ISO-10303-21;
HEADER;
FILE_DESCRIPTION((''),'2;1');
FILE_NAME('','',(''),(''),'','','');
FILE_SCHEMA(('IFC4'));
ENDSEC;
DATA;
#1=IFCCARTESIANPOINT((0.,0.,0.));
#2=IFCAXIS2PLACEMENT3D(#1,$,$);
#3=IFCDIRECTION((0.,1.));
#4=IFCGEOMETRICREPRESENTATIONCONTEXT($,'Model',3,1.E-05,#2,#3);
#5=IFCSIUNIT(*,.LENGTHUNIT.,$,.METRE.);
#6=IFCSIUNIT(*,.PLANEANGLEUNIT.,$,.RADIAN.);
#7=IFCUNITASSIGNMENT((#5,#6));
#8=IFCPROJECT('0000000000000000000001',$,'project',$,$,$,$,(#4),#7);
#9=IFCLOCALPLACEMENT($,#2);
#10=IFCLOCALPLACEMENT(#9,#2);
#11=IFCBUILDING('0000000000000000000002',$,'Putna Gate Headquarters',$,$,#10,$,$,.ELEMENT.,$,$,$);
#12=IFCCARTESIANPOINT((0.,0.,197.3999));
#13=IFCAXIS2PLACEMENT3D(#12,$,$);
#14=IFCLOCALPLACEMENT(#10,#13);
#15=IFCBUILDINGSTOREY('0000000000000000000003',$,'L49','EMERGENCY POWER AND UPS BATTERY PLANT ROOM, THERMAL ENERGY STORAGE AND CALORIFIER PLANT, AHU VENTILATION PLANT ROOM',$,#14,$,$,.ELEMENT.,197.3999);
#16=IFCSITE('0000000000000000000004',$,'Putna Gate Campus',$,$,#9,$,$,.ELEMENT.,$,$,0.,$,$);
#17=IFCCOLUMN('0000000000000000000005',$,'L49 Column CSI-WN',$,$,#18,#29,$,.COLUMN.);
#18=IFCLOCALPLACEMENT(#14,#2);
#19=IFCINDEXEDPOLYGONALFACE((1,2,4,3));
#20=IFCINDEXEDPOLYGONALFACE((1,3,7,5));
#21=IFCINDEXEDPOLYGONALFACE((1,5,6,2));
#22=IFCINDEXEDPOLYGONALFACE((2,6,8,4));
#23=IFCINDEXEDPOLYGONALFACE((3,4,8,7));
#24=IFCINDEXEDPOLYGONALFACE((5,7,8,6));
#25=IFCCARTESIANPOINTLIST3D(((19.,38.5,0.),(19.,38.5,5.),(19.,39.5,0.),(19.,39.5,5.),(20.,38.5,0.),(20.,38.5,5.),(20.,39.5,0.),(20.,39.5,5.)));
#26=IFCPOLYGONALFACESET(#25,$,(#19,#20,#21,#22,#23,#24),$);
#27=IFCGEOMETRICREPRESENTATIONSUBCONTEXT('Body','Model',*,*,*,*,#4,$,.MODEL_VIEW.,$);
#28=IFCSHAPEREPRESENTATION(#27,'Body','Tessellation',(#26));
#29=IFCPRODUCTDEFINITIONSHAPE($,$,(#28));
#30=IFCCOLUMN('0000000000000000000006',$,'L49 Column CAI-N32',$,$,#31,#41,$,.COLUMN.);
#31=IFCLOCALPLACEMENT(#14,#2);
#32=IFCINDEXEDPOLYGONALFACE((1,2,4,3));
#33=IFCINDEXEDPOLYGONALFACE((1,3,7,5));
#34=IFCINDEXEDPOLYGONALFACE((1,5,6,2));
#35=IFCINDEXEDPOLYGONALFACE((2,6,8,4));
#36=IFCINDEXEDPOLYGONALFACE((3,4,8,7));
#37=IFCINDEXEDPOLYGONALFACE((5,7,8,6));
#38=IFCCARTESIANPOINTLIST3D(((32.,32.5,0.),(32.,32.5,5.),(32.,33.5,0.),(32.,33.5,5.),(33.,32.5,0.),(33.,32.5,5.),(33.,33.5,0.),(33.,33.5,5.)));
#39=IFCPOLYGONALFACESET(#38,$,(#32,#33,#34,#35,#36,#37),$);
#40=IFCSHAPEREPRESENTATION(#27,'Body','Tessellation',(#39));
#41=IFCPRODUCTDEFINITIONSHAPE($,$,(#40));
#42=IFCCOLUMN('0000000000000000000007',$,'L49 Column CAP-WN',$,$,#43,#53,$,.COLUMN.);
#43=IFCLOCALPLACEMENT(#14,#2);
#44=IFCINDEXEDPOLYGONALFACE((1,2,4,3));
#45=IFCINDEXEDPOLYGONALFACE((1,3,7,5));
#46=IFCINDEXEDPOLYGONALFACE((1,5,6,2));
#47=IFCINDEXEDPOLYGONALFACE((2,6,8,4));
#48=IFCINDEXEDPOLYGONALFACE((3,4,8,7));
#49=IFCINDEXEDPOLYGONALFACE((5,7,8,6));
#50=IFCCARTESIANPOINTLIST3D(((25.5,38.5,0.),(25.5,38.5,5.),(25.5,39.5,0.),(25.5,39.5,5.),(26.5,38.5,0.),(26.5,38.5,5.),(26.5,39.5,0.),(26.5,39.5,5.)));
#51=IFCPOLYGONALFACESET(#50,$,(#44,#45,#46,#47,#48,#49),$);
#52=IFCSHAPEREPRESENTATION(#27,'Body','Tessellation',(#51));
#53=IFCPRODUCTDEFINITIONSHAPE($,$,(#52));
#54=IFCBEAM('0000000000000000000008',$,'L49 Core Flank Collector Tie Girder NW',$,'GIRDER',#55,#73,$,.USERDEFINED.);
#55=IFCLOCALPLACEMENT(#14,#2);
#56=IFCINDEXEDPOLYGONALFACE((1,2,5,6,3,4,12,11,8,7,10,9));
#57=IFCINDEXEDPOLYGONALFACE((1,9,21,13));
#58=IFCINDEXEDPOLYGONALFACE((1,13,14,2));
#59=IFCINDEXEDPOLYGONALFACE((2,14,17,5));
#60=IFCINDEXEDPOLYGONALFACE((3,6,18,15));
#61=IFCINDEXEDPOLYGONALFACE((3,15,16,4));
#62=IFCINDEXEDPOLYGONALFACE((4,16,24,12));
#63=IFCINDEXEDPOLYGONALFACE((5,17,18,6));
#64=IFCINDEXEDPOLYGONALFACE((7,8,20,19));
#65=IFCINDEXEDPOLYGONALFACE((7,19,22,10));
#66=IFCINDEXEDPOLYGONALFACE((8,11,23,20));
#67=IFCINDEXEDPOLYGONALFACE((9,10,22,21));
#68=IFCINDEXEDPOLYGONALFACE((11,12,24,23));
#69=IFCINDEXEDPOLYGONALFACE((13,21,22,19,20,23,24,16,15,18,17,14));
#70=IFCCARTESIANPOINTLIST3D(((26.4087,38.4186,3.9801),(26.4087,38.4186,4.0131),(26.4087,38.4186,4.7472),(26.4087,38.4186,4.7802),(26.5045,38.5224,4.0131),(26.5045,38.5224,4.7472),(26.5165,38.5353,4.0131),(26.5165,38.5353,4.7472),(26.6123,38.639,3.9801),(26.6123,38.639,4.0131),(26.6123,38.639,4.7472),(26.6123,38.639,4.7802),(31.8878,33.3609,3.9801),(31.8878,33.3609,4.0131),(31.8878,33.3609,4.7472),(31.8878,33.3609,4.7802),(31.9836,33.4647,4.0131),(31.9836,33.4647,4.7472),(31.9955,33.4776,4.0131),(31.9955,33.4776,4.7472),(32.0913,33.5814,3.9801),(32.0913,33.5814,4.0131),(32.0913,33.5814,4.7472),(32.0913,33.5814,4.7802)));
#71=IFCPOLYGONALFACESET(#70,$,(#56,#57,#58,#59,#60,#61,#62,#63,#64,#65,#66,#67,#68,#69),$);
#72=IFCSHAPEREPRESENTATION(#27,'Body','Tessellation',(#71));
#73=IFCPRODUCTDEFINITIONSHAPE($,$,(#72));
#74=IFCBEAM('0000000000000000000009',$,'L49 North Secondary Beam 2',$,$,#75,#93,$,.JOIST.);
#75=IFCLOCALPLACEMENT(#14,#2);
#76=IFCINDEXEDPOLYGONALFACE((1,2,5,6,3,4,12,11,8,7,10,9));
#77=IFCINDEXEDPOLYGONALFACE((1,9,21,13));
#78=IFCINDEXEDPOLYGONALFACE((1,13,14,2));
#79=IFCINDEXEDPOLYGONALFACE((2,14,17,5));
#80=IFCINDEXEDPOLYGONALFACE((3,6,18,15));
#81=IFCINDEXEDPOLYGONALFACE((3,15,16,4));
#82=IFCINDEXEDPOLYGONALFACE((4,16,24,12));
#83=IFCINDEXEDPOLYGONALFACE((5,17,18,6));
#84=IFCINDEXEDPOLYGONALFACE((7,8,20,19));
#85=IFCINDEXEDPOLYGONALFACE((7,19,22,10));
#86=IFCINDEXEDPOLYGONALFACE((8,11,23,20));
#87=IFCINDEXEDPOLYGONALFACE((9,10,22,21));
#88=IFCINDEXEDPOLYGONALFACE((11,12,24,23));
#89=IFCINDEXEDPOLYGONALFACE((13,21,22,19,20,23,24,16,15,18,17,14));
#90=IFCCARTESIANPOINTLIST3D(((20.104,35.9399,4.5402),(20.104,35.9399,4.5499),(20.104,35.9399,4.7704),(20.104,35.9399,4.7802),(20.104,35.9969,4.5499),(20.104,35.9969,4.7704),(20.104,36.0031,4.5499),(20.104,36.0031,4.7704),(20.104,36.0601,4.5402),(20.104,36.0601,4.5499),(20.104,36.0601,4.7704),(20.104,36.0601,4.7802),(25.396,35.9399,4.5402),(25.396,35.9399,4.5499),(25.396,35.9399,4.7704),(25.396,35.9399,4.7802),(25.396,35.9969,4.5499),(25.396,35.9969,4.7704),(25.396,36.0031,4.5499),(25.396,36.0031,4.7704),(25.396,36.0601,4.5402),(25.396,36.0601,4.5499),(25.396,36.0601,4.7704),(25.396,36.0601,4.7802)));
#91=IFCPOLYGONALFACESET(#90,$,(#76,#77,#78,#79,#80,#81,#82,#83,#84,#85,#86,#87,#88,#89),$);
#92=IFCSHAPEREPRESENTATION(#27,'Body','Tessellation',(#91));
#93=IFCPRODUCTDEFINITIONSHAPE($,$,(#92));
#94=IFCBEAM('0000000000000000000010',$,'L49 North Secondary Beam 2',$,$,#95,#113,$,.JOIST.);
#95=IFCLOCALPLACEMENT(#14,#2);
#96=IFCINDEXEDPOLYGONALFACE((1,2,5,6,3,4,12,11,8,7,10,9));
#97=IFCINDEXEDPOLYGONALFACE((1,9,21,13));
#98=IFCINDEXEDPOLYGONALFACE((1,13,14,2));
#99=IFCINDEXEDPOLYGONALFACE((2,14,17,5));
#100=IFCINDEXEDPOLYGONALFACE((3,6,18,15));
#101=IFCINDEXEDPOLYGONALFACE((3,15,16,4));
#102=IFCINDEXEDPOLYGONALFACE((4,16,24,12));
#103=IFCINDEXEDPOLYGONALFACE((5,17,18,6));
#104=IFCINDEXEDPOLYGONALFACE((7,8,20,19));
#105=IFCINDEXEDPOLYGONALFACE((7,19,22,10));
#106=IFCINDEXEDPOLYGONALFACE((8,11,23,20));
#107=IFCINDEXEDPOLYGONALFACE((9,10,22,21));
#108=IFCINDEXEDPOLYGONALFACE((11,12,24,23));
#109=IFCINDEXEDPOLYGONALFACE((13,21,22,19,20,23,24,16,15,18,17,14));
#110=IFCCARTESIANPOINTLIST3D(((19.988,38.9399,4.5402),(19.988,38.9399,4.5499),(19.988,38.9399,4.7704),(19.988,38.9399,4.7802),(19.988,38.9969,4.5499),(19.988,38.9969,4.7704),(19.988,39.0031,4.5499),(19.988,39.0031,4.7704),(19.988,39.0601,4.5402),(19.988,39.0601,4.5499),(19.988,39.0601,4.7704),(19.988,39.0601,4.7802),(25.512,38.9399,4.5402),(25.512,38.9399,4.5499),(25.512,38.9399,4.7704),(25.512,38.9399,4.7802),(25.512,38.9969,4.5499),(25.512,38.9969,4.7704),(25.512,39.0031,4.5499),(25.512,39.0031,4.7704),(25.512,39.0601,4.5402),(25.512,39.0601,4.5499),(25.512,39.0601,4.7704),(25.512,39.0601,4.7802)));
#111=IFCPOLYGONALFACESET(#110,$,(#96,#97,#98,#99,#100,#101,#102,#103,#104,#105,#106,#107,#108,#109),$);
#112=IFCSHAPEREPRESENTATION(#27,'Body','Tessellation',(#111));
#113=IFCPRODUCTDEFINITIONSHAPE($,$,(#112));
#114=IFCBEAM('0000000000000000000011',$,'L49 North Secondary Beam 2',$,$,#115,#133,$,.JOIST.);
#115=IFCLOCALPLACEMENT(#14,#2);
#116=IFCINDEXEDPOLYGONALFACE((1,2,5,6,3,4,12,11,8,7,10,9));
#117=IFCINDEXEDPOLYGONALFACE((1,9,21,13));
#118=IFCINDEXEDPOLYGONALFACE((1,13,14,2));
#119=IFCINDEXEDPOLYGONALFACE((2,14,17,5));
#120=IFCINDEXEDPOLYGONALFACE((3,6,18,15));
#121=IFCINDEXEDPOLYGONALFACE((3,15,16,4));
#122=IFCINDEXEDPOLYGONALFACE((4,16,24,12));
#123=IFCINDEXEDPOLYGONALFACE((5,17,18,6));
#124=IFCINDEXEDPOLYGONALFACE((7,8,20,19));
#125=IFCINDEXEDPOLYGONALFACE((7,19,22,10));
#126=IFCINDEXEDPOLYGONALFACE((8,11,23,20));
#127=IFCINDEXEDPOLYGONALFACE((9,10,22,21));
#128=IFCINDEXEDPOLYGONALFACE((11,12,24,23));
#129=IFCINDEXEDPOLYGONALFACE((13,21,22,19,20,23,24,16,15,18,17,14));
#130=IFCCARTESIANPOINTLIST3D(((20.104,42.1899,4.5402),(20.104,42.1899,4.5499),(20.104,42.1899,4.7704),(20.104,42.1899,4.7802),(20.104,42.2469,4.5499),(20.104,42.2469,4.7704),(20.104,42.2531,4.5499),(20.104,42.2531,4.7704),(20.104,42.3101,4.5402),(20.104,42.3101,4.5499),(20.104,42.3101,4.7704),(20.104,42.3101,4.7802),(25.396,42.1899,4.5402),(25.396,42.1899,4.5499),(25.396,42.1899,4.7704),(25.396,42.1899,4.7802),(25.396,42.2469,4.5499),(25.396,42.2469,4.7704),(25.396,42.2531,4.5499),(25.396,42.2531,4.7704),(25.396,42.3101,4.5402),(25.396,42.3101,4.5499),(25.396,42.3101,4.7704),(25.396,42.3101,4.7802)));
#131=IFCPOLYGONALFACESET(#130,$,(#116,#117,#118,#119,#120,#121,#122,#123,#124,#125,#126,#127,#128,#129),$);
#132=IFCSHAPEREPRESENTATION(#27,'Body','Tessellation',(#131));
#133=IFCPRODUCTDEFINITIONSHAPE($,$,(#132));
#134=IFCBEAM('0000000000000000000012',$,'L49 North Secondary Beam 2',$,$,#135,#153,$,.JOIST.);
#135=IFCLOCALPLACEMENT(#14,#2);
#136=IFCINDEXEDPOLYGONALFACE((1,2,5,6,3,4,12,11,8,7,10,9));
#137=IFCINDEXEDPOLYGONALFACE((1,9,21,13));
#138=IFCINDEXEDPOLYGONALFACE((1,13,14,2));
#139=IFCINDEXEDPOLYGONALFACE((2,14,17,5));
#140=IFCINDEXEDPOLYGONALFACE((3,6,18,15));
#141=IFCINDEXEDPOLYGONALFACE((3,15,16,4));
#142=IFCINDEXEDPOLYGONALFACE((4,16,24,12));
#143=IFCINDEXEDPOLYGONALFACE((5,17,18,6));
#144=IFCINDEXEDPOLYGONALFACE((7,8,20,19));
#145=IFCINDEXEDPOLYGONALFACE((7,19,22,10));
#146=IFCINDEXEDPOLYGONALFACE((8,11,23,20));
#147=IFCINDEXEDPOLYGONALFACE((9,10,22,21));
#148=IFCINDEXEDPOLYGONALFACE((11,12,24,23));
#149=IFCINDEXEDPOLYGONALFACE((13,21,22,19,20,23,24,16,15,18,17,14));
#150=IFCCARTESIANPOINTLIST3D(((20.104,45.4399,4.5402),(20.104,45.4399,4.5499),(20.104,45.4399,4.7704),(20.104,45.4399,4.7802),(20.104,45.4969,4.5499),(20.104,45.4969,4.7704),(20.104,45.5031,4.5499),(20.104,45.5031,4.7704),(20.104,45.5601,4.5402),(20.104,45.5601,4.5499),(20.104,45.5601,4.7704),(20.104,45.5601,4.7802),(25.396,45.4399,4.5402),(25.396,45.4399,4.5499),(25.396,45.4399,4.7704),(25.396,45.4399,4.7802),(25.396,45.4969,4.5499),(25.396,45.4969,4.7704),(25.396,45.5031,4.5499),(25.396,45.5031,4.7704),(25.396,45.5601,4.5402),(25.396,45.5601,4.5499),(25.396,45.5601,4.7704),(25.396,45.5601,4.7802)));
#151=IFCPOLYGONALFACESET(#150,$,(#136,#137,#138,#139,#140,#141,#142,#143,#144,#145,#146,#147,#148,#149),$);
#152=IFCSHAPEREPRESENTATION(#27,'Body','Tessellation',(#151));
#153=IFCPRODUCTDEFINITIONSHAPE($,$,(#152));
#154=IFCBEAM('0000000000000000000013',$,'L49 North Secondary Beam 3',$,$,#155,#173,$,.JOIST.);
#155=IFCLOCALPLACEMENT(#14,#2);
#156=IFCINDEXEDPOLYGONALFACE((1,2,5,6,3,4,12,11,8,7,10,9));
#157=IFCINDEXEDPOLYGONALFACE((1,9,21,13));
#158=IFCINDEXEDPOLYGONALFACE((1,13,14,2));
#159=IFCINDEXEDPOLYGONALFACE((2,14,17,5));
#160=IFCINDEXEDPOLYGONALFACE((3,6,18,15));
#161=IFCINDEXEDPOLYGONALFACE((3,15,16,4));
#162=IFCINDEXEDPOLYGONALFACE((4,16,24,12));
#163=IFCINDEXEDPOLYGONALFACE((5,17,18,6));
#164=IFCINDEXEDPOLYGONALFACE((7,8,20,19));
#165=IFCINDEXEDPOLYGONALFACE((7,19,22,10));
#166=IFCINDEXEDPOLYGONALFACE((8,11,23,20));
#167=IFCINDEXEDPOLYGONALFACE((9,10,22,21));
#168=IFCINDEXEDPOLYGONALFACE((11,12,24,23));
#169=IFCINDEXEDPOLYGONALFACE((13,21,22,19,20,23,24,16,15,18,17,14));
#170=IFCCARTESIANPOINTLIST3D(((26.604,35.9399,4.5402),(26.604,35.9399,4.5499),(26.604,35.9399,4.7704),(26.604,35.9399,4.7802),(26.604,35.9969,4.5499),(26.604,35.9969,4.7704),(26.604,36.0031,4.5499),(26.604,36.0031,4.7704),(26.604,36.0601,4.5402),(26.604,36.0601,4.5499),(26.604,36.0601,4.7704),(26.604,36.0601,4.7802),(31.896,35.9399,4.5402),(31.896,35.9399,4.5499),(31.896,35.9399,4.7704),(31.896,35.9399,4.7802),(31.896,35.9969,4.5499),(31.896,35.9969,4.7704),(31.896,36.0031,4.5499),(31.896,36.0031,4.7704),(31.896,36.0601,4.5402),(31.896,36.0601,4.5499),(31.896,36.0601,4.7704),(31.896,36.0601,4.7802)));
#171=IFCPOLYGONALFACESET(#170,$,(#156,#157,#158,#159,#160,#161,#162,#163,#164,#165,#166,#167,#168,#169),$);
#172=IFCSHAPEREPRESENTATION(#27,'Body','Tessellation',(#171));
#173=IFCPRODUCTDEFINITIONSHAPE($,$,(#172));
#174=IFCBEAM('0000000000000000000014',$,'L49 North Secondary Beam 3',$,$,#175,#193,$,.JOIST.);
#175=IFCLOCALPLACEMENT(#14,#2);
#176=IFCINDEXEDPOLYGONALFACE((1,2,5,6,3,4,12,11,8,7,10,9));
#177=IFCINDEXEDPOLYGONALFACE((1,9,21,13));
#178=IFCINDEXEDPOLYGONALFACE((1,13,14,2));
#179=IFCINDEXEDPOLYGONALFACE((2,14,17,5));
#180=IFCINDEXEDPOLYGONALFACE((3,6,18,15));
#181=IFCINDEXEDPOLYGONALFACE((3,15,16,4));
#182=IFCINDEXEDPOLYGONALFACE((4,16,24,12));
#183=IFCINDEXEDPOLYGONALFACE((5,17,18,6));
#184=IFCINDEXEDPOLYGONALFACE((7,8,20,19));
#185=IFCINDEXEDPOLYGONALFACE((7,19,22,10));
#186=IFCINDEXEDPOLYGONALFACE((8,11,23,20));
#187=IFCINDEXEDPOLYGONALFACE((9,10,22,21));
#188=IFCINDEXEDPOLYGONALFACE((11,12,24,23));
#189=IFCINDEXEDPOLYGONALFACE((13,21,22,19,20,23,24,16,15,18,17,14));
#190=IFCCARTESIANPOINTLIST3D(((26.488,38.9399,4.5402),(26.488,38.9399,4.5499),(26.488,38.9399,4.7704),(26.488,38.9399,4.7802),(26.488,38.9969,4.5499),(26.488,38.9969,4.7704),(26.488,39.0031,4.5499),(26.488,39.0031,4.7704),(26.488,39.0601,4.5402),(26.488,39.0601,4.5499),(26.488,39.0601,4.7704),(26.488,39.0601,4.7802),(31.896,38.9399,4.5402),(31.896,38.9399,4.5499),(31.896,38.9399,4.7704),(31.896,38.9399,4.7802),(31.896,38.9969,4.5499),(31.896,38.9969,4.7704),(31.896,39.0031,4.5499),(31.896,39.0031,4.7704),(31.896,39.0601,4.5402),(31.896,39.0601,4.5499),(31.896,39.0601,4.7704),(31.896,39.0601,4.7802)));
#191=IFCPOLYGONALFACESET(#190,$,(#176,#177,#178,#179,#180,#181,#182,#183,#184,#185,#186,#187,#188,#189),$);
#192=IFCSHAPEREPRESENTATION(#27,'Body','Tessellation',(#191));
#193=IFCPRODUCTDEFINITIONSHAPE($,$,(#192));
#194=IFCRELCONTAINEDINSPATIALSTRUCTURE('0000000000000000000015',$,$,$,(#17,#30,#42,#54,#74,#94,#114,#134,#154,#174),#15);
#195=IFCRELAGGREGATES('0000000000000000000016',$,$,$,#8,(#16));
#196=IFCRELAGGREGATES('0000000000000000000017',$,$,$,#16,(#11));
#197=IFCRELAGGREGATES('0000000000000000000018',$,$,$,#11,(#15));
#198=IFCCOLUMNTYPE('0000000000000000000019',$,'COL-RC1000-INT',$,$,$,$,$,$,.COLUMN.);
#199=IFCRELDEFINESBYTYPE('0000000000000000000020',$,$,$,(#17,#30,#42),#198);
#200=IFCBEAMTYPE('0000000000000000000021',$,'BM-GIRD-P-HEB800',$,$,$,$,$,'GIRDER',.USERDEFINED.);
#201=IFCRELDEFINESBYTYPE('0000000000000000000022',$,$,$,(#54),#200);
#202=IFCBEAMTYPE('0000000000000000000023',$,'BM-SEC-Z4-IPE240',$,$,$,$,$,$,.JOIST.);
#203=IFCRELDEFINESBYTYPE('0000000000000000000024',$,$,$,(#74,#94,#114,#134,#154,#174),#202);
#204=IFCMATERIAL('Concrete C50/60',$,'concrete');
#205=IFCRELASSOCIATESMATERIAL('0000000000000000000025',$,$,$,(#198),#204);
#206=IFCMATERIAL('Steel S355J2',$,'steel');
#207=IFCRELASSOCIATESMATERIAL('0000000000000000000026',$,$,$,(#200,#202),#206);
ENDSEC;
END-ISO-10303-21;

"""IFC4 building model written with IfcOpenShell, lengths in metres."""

from ifc_helpers import new_model, si_unit, direction, frame, origin, origin_2d, place, context, subcontext, project, spatial, rectangle, i_section, extrude, material, material_profile, profile_set, type_object, element, save


model = new_model("IFC4")

# Units and contexts
model_context = context("Model", 3, precision=1e-05, world=origin(), true_north=direction((0.0, 1.0)))
body_context = subcontext(model_context, "Body", "Model", "MODEL_VIEW")
ifc_project = project(units=[si_unit("LENGTHUNIT", "METRE"), si_unit("PLANEANGLEUNIT", "RADIAN")], contexts=[model_context])

# Site, building, storey
site_placement = place(None, origin())
site = spatial("IfcSite", under=ifc_project, at=site_placement, Name="Putna Gate Campus", CompositionType="ELEMENT", RefElevation=0.0)
building_placement = place(site_placement, origin())
building = spatial("IfcBuilding", under=site, at=building_placement, Name="Putna Gate Headquarters", CompositionType="ELEMENT")
storey_placement = place(building_placement, frame((0.0, 0.0, 197.3999)))
storey = spatial("IfcBuildingStorey", under=building, at=storey_placement, Name="L49", Description="EMERGENCY POWER AND UPS BATTERY PLANT ROOM, THERMAL ENERGY STORAGE AND CALORIFIER PLANT, AHU VENTILATION PLANT ROOM", CompositionType="ELEMENT", Elevation=197.3999)

# Columns
ifc_material_1 = material(Name="Concrete C50/60", Category="concrete")
ifc_material_profile_1 = material_profile(ifc_material_1, rectangle(XDim=1.0, YDim=1.0, at=origin_2d()), Name="Concrete C50/60")
ifc_profile_set_1 = profile_set([ifc_material_profile_1], Name="Concrete C50/60")
column_type = type_object("IfcColumnType", Name="COL-RC1000-INT", PredefinedType="COLUMN", material=ifc_profile_set_1)
for number, where, z_axis, x_axis, name in (
    (1, (19.5, 39.0, 0.0), (0.0, 0.0, 1.0), (1.0, 0.0, 0.0), "L49 Column CSI-WN"),
    (2, (32.5, 33.0, 0.0), (0.0, 0.0, 1.0), (1.0, 0.0, 0.0), "L49 Column CAI-N32"),
    (3, (26.0, 39.0, 0.0), (0.0, 0.0, 1.0), (1.0, 0.0, 0.0), "L49 Column CAP-WN"),
):
    element("IfcColumn", number, at=place(storey_placement, frame(where, z_axis=z_axis, x_axis=x_axis)), inside=storey, type_object=column_type, Name=name, PredefinedType="COLUMN", context=body_context, shape_type="SweptSolid", body=[
        extrude(rectangle(XDim=1.0, YDim=1.0, at=origin_2d()), origin(), (0.0, 0.0, 1.0), 5.0),
    ])

# Beams
ifc_material_2 = material(Name="Steel S355J2", Category="steel")
ifc_material_profile_2 = material_profile(ifc_material_2, i_section(OverallWidth=0.3, OverallDepth=0.8, WebThickness=0.0176, FlangeThickness=0.033, at=origin_2d()), Name="Steel S355J2")
ifc_profile_set_2 = profile_set([ifc_material_profile_2], Name="Steel S355J2")
beam_type_1 = type_object("IfcBeamType", Name="BM-GIRD-P-HEB800", ElementType="GIRDER", PredefinedType="USERDEFINED", material=ifc_profile_set_2)
beam_1_placement = place(storey_placement, frame((26.5105, 38.5288, 4.3801), z_axis=(0.734798, -0.678286, 0.0), x_axis=(0.678286, 0.734798, 0.0)))
element("IfcBeam", 4, at=beam_1_placement, inside=storey, type_object=beam_type_1, Name="L49 Core Flank Collector Tie Girder NW", ObjectType="GIRDER", PredefinedType="USERDEFINED", context=body_context, shape_type="SweptSolid", body=[
    extrude(i_section(OverallWidth=0.3, OverallDepth=0.8, WebThickness=0.0176, FlangeThickness=0.033, at=origin_2d()), origin(), (0.0, 0.0, 1.0), 7.4565),
])
ifc_material_profile_3 = material_profile(ifc_material_2, i_section(OverallWidth=0.1201, OverallDepth=0.24, WebThickness=0.0061, FlangeThickness=0.0098, at=origin_2d()), Name="Steel S355J2")
ifc_profile_set_3 = profile_set([ifc_material_profile_3], Name="Steel S355J2")
beam_type_2 = type_object("IfcBeamType", Name="BM-SEC-Z4-IPE240", PredefinedType="JOIST", material=ifc_profile_set_3)
beam_2_placement = place(storey_placement, frame((20.104, 36.0, 4.6602), z_axis=(1.0, 0.0, 0.0), x_axis=(0.0, 1.0, 0.0)))
element("IfcBeam", 5, at=beam_2_placement, inside=storey, type_object=beam_type_2, Name="L49 North Secondary Beam 2", PredefinedType="JOIST", context=body_context, shape_type="SweptSolid", body=[
    extrude(i_section(OverallWidth=0.1201, OverallDepth=0.24, WebThickness=0.0061, FlangeThickness=0.0098, at=origin_2d()), origin(), (0.0, 0.0, 1.0), 5.292),
])
beam_3_placement = place(storey_placement, frame((19.988, 39.0, 4.6602), z_axis=(1.0, 0.0, 0.0), x_axis=(0.0, 1.0, 0.0)))
element("IfcBeam", 6, at=beam_3_placement, inside=storey, type_object=beam_type_2, Name="L49 North Secondary Beam 2", PredefinedType="JOIST", context=body_context, shape_type="SweptSolid", body=[
    extrude(i_section(OverallWidth=0.1201, OverallDepth=0.24, WebThickness=0.0061, FlangeThickness=0.0098, at=origin_2d()), origin(), (0.0, 0.0, 1.0), 5.5239),
])
for number, where, z_axis, x_axis, name in (
    (7, (20.104, 42.25, 4.6602), (1.0, 0.0, 0.0), (0.0, 1.0, 0.0), "L49 North Secondary Beam 2"),
    (8, (20.104, 45.5, 4.6602), (1.0, 0.0, 0.0), (0.0, 1.0, 0.0), "L49 North Secondary Beam 2"),
    (9, (26.604, 36.0, 4.6602), (1.0, 0.0, 0.0), (0.0, 1.0, 0.0), "L49 North Secondary Beam 3"),
):
    element("IfcBeam", number, at=place(storey_placement, frame(where, z_axis=z_axis, x_axis=x_axis)), inside=storey, type_object=beam_type_2, Name=name, PredefinedType="JOIST", context=body_context, shape_type="SweptSolid", body=[
        extrude(i_section(OverallWidth=0.1201, OverallDepth=0.24, WebThickness=0.0061, FlangeThickness=0.0098, at=origin_2d()), origin(), (0.0, 0.0, 1.0), 5.292),
    ])
beam_4_placement = place(storey_placement, frame((26.488, 39.0, 4.6602), z_axis=(1.0, 0.0, 0.0), x_axis=(0.0, 1.0, 0.0)))
element("IfcBeam", 10, at=beam_4_placement, inside=storey, type_object=beam_type_2, Name="L49 North Secondary Beam 3", PredefinedType="JOIST", context=body_context, shape_type="SweptSolid", body=[
    extrude(i_section(OverallWidth=0.1201, OverallDepth=0.24, WebThickness=0.0061, FlangeThickness=0.0098, at=origin_2d()), origin(), (0.0, 0.0, 1.0), 5.408),
])

save(model, "model.ifc")
